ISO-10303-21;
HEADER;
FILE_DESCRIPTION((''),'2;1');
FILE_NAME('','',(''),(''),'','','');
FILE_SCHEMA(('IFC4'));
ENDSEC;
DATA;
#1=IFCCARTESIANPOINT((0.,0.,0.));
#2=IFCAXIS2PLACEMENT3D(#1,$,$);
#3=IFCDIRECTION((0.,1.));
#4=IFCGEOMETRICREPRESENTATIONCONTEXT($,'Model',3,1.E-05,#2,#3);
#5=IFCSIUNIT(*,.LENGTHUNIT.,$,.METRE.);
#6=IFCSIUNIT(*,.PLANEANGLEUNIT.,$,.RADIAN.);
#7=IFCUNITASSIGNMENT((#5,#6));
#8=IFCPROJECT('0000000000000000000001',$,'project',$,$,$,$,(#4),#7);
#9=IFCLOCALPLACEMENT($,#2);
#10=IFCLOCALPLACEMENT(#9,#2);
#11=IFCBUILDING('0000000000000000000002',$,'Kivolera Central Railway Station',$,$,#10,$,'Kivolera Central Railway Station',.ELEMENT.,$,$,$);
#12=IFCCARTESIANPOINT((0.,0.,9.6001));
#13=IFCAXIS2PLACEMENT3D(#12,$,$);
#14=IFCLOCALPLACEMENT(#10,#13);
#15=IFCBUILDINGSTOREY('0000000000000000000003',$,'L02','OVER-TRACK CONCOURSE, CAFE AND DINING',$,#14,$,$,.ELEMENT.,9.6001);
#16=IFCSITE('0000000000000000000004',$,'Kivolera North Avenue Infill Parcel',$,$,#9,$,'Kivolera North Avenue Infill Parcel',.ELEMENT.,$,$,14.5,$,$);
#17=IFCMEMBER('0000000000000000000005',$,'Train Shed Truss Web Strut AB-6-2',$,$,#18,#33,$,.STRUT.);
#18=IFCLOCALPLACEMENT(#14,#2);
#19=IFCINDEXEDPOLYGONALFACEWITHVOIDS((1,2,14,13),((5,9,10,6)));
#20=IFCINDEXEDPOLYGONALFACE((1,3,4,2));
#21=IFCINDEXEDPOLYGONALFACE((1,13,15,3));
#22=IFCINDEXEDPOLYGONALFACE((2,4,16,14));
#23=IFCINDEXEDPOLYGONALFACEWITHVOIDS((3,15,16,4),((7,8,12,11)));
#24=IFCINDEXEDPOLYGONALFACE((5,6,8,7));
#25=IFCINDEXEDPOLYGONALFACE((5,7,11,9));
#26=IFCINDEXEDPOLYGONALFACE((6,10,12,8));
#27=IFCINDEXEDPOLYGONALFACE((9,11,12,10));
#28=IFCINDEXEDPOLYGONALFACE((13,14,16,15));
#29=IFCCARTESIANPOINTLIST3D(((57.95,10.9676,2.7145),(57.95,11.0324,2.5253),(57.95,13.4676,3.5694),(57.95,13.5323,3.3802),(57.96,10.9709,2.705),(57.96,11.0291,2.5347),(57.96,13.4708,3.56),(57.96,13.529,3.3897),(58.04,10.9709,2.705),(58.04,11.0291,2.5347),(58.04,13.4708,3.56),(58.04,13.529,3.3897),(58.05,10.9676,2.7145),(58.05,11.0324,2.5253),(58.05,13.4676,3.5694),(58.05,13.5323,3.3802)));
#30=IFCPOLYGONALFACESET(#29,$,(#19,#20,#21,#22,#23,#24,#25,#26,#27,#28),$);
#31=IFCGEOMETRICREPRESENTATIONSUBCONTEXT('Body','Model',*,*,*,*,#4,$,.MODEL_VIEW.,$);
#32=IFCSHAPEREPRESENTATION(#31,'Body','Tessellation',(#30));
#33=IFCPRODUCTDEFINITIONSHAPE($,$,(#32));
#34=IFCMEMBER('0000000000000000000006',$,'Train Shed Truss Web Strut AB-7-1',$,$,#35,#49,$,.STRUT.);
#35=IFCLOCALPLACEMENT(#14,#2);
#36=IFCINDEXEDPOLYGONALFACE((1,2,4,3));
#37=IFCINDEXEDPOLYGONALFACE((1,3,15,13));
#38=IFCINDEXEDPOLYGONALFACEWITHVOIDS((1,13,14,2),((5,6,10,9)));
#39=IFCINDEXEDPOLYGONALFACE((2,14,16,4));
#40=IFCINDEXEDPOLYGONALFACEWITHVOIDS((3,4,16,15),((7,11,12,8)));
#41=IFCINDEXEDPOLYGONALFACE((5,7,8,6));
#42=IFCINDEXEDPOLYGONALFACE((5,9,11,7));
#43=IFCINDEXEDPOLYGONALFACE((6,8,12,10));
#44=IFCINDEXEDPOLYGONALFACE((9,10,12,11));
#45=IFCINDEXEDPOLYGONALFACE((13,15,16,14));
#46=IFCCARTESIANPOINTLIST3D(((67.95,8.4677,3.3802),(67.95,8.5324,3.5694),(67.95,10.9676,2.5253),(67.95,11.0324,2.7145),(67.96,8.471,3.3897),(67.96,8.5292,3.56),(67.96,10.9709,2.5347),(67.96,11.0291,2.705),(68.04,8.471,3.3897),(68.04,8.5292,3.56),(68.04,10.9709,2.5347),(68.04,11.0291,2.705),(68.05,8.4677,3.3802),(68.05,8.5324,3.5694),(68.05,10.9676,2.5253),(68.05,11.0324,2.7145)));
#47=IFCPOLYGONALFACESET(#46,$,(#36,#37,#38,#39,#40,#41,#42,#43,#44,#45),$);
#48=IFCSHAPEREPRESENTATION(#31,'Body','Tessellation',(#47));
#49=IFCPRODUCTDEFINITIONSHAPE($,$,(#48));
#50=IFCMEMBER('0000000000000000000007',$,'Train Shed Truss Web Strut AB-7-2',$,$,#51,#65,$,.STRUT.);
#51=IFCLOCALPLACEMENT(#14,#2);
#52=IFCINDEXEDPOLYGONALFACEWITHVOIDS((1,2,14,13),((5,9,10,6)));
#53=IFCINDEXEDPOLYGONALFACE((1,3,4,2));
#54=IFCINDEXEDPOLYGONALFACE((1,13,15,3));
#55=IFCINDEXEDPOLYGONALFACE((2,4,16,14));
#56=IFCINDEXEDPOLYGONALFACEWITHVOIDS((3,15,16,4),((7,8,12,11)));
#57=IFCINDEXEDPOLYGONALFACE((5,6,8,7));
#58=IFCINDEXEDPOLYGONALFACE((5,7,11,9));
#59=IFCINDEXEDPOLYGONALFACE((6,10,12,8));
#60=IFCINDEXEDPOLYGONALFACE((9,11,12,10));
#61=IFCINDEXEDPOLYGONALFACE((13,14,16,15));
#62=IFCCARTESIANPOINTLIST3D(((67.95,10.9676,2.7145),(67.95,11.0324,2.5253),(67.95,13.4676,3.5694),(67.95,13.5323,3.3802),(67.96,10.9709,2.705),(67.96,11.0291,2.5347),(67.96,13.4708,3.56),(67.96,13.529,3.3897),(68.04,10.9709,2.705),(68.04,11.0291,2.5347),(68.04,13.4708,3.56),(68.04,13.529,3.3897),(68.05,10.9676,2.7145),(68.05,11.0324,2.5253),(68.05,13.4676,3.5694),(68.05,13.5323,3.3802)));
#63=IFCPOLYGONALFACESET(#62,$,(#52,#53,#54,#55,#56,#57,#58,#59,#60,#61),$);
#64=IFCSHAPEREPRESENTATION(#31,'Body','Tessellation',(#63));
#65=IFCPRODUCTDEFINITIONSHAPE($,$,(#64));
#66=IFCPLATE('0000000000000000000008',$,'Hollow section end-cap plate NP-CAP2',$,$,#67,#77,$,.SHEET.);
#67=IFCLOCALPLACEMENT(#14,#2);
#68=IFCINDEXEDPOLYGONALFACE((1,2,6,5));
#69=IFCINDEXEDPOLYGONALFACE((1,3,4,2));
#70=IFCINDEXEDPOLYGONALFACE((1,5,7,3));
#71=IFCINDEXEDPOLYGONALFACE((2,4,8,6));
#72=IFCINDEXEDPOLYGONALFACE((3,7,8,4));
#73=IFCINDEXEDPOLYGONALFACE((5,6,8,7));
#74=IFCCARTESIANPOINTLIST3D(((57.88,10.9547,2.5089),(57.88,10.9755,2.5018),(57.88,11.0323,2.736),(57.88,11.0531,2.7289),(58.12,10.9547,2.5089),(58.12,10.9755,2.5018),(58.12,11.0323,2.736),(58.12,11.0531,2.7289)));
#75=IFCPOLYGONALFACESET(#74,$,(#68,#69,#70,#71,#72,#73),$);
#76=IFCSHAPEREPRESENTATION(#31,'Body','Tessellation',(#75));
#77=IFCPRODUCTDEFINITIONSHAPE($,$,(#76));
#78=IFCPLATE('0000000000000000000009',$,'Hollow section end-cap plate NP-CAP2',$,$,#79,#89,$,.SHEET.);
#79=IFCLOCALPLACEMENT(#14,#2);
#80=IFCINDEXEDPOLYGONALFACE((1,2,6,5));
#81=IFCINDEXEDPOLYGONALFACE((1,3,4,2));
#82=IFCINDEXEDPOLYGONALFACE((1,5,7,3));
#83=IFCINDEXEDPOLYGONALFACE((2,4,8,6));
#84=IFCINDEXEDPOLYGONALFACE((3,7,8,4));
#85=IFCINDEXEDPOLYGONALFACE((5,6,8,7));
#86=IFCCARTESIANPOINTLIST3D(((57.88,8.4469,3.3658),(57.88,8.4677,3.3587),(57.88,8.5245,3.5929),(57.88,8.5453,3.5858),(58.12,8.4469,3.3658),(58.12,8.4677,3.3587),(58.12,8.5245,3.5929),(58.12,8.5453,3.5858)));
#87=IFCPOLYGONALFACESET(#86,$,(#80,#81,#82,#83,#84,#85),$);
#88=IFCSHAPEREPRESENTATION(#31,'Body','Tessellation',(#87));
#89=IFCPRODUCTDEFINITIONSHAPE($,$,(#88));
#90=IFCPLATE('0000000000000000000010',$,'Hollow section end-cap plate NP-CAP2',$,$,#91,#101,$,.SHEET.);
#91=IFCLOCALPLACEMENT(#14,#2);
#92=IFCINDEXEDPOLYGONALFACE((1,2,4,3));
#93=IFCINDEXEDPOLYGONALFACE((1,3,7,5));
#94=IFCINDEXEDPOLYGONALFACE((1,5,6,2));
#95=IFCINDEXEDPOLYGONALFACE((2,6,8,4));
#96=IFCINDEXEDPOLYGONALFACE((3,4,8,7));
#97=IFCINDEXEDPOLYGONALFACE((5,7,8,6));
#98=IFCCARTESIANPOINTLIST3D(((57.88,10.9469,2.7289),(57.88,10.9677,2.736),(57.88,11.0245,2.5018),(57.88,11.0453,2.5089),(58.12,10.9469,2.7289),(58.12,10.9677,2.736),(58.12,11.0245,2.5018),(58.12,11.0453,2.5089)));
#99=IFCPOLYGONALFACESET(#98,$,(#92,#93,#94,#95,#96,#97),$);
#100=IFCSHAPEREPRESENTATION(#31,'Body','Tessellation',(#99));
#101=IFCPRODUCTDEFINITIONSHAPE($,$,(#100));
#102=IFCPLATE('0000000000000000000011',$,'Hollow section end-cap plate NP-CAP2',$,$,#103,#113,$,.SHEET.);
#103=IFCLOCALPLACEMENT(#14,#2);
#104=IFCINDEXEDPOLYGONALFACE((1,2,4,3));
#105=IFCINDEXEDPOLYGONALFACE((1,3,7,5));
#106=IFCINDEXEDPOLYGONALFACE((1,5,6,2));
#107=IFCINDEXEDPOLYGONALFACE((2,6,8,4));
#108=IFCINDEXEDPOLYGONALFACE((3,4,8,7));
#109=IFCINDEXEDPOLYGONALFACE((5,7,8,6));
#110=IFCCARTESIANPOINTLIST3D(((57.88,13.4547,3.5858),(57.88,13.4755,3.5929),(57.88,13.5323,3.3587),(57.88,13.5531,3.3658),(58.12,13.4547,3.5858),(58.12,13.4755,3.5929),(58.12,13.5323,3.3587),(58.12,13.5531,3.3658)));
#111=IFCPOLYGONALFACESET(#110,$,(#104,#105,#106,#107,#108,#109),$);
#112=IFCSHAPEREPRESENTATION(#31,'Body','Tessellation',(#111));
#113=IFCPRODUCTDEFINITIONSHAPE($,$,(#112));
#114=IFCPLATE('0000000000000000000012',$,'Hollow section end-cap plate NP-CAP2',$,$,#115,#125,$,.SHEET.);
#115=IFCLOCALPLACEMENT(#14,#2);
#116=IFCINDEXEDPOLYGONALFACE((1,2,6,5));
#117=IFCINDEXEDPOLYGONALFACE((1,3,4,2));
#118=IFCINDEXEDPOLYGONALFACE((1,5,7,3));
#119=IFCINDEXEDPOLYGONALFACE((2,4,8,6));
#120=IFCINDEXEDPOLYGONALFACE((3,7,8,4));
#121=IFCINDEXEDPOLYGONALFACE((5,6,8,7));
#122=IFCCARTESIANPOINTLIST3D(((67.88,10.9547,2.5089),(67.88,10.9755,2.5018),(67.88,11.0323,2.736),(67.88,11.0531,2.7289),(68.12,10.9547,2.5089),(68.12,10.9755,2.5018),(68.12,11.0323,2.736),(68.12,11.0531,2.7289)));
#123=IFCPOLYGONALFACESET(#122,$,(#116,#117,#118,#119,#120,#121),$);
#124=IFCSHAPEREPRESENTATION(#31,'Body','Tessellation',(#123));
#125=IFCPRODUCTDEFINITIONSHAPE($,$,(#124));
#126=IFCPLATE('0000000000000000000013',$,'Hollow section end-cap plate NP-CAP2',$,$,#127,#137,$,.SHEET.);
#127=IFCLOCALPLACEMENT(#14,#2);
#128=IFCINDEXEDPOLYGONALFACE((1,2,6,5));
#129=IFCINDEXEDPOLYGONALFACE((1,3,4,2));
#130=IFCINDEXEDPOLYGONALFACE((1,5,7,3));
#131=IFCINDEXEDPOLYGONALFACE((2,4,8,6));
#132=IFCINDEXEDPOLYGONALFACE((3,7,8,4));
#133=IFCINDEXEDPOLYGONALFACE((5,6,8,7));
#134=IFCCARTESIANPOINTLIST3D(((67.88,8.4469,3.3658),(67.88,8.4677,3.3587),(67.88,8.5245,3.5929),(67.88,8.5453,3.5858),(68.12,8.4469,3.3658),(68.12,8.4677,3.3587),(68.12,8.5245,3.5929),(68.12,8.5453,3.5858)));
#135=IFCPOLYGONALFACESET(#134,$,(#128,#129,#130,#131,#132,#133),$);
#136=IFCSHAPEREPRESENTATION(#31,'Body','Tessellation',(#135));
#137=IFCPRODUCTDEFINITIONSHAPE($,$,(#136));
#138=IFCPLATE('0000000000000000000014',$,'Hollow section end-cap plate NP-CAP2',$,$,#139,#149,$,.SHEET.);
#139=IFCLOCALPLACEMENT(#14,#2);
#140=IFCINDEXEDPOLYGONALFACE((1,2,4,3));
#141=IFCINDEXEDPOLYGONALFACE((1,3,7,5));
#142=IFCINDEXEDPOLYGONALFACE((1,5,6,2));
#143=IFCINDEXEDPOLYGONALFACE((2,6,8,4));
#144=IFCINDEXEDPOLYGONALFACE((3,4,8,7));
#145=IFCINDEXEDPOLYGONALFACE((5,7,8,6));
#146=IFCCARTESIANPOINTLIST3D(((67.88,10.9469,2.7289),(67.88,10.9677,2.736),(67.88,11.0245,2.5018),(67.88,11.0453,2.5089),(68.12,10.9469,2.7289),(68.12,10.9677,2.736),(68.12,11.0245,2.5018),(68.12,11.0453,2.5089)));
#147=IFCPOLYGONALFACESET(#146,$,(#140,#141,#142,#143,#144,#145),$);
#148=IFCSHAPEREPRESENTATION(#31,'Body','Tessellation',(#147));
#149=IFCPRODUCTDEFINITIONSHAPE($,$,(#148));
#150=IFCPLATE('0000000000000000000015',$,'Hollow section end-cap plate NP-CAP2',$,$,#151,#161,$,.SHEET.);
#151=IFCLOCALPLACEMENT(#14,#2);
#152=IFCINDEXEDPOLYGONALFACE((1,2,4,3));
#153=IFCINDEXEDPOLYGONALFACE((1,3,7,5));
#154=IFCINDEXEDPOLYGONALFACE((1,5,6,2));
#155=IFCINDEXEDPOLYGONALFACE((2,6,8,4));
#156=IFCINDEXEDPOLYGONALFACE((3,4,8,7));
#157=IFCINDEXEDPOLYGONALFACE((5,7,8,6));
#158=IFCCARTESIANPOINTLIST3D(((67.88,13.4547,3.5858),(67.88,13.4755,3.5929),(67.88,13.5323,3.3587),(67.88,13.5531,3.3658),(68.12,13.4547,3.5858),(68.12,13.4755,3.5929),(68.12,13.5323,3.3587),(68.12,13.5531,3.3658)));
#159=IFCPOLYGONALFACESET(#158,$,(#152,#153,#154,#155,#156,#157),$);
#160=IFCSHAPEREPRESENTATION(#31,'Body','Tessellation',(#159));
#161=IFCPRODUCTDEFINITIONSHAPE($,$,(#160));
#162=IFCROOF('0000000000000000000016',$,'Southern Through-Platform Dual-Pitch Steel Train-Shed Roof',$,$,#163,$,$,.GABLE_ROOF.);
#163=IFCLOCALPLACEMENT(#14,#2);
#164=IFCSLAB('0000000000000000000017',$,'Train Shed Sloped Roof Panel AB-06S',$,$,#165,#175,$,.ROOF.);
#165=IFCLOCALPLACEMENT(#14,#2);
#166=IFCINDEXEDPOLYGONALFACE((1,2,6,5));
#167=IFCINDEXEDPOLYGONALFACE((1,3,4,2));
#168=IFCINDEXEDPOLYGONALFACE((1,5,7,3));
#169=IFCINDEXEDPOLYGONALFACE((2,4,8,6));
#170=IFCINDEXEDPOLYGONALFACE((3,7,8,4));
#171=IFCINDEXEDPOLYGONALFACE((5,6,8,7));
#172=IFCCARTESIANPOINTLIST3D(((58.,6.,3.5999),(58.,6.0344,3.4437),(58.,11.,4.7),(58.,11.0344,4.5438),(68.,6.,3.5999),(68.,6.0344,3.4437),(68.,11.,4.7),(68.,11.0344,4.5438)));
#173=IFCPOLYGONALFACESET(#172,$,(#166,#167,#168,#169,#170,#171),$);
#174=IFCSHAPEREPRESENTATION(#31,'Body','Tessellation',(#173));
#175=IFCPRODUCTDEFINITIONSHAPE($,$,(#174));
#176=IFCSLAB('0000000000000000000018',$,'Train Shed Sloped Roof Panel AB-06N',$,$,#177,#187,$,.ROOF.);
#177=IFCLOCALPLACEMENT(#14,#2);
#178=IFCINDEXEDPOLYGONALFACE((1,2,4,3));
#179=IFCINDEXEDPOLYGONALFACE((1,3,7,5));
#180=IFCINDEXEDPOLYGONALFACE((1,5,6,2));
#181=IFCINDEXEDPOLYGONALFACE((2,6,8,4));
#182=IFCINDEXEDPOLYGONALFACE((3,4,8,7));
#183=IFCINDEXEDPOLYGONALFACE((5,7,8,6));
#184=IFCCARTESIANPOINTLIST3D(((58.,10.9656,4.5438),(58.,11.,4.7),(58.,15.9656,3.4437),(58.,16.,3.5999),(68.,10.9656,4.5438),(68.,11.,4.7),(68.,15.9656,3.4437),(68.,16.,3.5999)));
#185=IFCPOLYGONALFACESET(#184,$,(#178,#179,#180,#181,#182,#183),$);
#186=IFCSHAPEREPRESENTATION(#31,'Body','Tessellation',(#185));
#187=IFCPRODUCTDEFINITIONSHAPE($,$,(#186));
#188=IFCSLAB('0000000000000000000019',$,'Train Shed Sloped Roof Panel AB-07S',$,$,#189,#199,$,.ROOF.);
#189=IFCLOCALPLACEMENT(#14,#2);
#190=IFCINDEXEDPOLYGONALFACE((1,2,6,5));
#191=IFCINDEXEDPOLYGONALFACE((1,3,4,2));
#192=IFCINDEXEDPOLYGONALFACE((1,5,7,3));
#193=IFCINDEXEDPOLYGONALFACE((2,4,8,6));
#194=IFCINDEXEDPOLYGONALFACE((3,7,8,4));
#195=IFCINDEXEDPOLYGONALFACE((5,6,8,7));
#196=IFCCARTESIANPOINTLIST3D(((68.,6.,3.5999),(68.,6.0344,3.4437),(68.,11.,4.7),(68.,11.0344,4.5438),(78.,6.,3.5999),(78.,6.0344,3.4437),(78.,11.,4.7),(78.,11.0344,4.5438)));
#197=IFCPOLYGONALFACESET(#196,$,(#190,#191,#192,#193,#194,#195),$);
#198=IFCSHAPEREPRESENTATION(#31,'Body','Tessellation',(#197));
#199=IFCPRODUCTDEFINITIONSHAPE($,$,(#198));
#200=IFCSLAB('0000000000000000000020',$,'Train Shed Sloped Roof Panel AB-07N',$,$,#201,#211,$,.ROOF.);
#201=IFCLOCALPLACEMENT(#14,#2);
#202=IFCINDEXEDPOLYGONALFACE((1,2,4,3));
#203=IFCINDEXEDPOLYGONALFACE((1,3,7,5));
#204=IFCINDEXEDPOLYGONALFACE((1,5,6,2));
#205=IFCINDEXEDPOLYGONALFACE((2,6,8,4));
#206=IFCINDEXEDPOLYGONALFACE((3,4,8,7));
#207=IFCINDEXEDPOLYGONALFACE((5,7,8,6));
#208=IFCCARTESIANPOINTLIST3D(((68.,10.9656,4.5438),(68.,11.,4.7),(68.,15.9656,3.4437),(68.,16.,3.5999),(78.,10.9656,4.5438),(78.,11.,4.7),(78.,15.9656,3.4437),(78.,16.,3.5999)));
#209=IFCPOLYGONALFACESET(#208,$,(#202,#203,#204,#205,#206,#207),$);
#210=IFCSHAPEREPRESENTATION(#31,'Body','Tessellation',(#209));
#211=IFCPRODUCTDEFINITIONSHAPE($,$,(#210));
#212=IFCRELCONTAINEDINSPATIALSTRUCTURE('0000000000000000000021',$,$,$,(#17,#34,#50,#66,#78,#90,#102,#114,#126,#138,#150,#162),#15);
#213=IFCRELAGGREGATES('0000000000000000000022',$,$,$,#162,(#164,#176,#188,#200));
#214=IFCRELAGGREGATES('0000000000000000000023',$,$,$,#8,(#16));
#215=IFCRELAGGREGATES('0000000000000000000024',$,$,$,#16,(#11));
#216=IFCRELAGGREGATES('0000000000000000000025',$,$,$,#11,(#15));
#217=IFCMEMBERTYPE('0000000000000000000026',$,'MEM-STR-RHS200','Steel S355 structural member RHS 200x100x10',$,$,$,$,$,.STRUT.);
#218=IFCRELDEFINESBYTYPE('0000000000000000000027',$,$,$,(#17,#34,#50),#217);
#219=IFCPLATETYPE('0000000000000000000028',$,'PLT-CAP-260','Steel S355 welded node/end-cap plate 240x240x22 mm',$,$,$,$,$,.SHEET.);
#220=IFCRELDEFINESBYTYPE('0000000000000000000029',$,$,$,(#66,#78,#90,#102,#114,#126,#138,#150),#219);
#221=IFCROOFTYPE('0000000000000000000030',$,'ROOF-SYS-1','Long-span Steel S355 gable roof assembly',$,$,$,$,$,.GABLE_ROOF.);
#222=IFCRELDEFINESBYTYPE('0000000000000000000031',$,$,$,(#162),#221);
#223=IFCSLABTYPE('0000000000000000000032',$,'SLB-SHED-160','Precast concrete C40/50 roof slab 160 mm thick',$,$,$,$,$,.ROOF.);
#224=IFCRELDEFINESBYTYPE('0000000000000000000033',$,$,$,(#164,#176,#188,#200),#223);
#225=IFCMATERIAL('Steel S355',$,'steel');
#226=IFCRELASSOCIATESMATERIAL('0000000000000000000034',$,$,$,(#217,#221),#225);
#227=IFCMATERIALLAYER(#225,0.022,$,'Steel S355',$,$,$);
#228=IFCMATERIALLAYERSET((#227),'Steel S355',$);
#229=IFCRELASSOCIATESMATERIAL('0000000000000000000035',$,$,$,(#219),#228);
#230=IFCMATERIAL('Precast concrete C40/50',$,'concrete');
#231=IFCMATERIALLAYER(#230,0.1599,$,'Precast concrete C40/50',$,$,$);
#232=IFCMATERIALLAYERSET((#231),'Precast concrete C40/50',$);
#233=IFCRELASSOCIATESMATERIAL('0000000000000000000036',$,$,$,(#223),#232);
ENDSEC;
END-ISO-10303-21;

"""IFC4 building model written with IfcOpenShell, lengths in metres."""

from ifc_helpers import new_model, si_unit, direction, frame, origin, origin_2d, place, context, subcontext, project, spatial, polyline, rectangle, hollow_rectangle, outline, extrude, material, layer, layer_set, material_profile, profile_set, type_object, element, aggregate, save


model = new_model("IFC4")

# Units and contexts
model_context = context("Model", 3, precision=1e-05, world=origin(), true_north=direction((0.0, 1.0)))
body_context = subcontext(model_context, "Body", "Model", "MODEL_VIEW")
ifc_project = project(units=[si_unit("LENGTHUNIT", "METRE"), si_unit("PLANEANGLEUNIT", "RADIAN")], contexts=[model_context])

# Site, building, storey
site_placement = place(None, origin())
site = spatial("IfcSite", under=ifc_project, at=site_placement, Name="Kivolera North Avenue Infill Parcel", LongName="Kivolera North Avenue Infill Parcel", CompositionType="ELEMENT", RefElevation=14.5)
building_placement = place(site_placement, origin())
building = spatial("IfcBuilding", under=site, at=building_placement, Name="Kivolera Central Railway Station", LongName="Kivolera Central Railway Station", CompositionType="ELEMENT")
storey_placement = place(building_placement, frame((0.0, 0.0, 9.6001)))
storey = spatial("IfcBuildingStorey", under=building, at=storey_placement, Name="L02", Description="OVER-TRACK CONCOURSE, CAFE AND DINING", CompositionType="ELEMENT", Elevation=9.6001)

# Shared definitions
ifc_material_1 = material(Name="Steel S355", Category="steel")

# Members
ifc_material_profile_1 = material_profile(ifc_material_1, hollow_rectangle(XDim=0.1001, YDim=0.2, WallThickness=0.01, at=origin_2d()), Name="RHS 200x100x10")
ifc_profile_set_1 = profile_set([ifc_material_profile_1], Name="Steel S355")
member_type_1 = type_object("IfcMemberType", Name="MEM-STR-RHS200", Description="Steel S355 structural member RHS 200x100x10", PredefinedType="STRUT", material=ifc_profile_set_1)
for number, where, z_axis, x_axis, name in (
    (1, (58.0, 11.0, 2.6199), (0.0, 0.946197, 0.323592), (-1.0, 0.0, 0.0), "Train Shed Truss Web Strut AB-6-2"),
    (2, (68.0, 11.0, 2.6199), (0.0, -0.946197, 0.323592), (1.0, 0.0, 0.0), "Train Shed Truss Web Strut AB-7-1"),
    (3, (68.0, 11.0, 2.6199), (0.0, 0.946197, 0.323592), (-1.0, 0.0, 0.0), "Train Shed Truss Web Strut AB-7-2"),
):
    element("IfcMember", number, at=place(storey_placement, frame(where, z_axis=z_axis, x_axis=x_axis)), inside=storey, type_object=member_type_1, Name=name, PredefinedType="STRUT", context=body_context, shape_type="SweptSolid", body=[
        extrude(hollow_rectangle(XDim=0.1001, YDim=0.2, WallThickness=0.01, at=origin_2d()), origin(), (0.0, 0.0, 1.0), 2.6421),
    ])

# Plates
ifc_layer_1 = layer(ifc_material_1, 0.022, Name="Steel S355")
ifc_layer_set_1 = layer_set([ifc_layer_1], Name="Steel S355")
plate_type = type_object("IfcPlateType", Name="PLT-CAP-260", Description="Steel S355 welded node/end-cap plate 240x240x22 mm", PredefinedType="SHEET", material=ifc_layer_set_1)
for number, where, z_axis, x_axis, name in (
    (4, (58.0, 11.0039, 2.6189), (0.0, -0.946194, 0.323599), (1.0, 0.0, 0.0), "Hollow section end-cap plate NP-CAP2"),
    (5, (58.0, 8.4961, 3.4758), (0.0, -0.946194, 0.323599), (1.0, 0.0, 0.0), "Hollow section end-cap plate NP-CAP2"),
    (6, (58.0, 10.9961, 2.6189), (0.0, 0.946194, 0.323599), (-1.0, 0.0, 0.0), "Hollow section end-cap plate NP-CAP2"),
    (7, (58.0, 13.5039, 3.4758), (0.0, 0.946194, 0.323599), (-1.0, 0.0, 0.0), "Hollow section end-cap plate NP-CAP2"),
    (8, (68.0, 11.0039, 2.6189), (0.0, -0.946194, 0.323599), (1.0, 0.0, 0.0), "Hollow section end-cap plate NP-CAP2"),
    (9, (68.0, 8.4961, 3.4758), (0.0, -0.946194, 0.323599), (1.0, 0.0, 0.0), "Hollow section end-cap plate NP-CAP2"),
    (10, (68.0, 10.9961, 2.6189), (0.0, 0.946194, 0.323599), (-1.0, 0.0, 0.0), "Hollow section end-cap plate NP-CAP2"),
    (11, (68.0, 13.5039, 3.4758), (0.0, 0.946194, 0.323599), (-1.0, 0.0, 0.0), "Hollow section end-cap plate NP-CAP2"),
):
    element("IfcPlate", number, at=place(storey_placement, frame(where, z_axis=z_axis, x_axis=x_axis)), inside=storey, type_object=plate_type, Name=name, PredefinedType="SHEET", context=body_context, shape_type="SweptSolid", body=[
        extrude(rectangle(XDim=0.24, YDim=0.24, at=origin_2d()), frame((0.0, 0.0, -0.011)), (0.0, 0.0, 1.0), 0.022),
    ])

# Roof, slabs
roof_type = type_object("IfcRoofType", Name="ROOF-SYS-1", Description="Long-span Steel S355 gable roof assembly", PredefinedType="GABLE_ROOF", material=ifc_material_1)
roof_placement = place(storey_placement, origin())
roof = element("IfcRoof", 12, at=roof_placement, inside=storey, type_object=roof_type, Name="Southern Through-Platform Dual-Pitch Steel Train-Shed Roof", PredefinedType="GABLE_ROOF")
ifc_material_2 = material(Name="Precast concrete C40/50", Category="concrete")
ifc_layer_2 = layer(ifc_material_2, 0.1599, Name="Precast concrete C40/50")
ifc_layer_set_2 = layer_set([ifc_layer_2], Name="Precast concrete C40/50")
slab_type = type_object("IfcSlabType", Name="SLB-SHED-160", Description="Precast concrete C40/50 roof slab 160 mm thick", PredefinedType="ROOF", material=ifc_layer_set_2)
slab_1_placement = place(storey_placement, frame((58.0, 6.0, 3.5999), z_axis=(0.0, -0.21488, 0.97664), x_axis=(1.0, 0.0, 0.0)))
slab_1 = element("IfcSlab", 13, at=slab_1_placement, type_object=slab_type, Name="Train Shed Sloped Roof Panel AB-06S", PredefinedType="ROOF", context=body_context, shape_type="SweptSolid", body=[
    extrude(outline(polyline([(0.0, 0.0), (10.0, 0.0), (10.0, 5.1196), (0.0, 5.1196), (0.0, 0.0)])), origin(), (0.0, 0.0, -1.0), 0.1599),
])
slab_2_placement = place(storey_placement, frame((58.0, 11.0, 4.7), z_axis=(0.0, 0.21488, 0.97664), x_axis=(1.0, 0.0, 0.0)))
slab_2 = element("IfcSlab", 14, at=slab_2_placement, type_object=slab_type, Name="Train Shed Sloped Roof Panel AB-06N", PredefinedType="ROOF", context=body_context, shape_type="SweptSolid", body=[
    extrude(outline(polyline([(0.0, 0.0), (10.0, 0.0), (10.0, 5.1196), (0.0, 5.1196), (0.0, 0.0)])), origin(), (0.0, 0.0, -1.0), 0.1599),
])
slab_3_placement = place(storey_placement, frame((68.0, 6.0, 3.5999), z_axis=(0.0, -0.21488, 0.97664), x_axis=(1.0, 0.0, 0.0)))
slab_3 = element("IfcSlab", 15, at=slab_3_placement, type_object=slab_type, Name="Train Shed Sloped Roof Panel AB-07S", PredefinedType="ROOF", context=body_context, shape_type="SweptSolid", body=[
    extrude(outline(polyline([(0.0, 0.0), (10.0, 0.0), (10.0, 5.1196), (0.0, 5.1196), (0.0, 0.0)])), origin(), (0.0, 0.0, -1.0), 0.1599),
])
slab_4_placement = place(storey_placement, frame((68.0, 11.0, 4.7), z_axis=(0.0, 0.21488, 0.97664), x_axis=(1.0, 0.0, 0.0)))
slab_4 = element("IfcSlab", 16, at=slab_4_placement, type_object=slab_type, Name="Train Shed Sloped Roof Panel AB-07N", PredefinedType="ROOF", context=body_context, shape_type="SweptSolid", body=[
    extrude(outline(polyline([(0.0, 0.0), (10.0, 0.0), (10.0, 5.1196), (0.0, 5.1196), (0.0, 0.0)])), origin(), (0.0, 0.0, -1.0), 0.1599),
])
aggregate(roof, [slab_1, slab_2, slab_3, slab_4])

save(model, "model.ifc")
